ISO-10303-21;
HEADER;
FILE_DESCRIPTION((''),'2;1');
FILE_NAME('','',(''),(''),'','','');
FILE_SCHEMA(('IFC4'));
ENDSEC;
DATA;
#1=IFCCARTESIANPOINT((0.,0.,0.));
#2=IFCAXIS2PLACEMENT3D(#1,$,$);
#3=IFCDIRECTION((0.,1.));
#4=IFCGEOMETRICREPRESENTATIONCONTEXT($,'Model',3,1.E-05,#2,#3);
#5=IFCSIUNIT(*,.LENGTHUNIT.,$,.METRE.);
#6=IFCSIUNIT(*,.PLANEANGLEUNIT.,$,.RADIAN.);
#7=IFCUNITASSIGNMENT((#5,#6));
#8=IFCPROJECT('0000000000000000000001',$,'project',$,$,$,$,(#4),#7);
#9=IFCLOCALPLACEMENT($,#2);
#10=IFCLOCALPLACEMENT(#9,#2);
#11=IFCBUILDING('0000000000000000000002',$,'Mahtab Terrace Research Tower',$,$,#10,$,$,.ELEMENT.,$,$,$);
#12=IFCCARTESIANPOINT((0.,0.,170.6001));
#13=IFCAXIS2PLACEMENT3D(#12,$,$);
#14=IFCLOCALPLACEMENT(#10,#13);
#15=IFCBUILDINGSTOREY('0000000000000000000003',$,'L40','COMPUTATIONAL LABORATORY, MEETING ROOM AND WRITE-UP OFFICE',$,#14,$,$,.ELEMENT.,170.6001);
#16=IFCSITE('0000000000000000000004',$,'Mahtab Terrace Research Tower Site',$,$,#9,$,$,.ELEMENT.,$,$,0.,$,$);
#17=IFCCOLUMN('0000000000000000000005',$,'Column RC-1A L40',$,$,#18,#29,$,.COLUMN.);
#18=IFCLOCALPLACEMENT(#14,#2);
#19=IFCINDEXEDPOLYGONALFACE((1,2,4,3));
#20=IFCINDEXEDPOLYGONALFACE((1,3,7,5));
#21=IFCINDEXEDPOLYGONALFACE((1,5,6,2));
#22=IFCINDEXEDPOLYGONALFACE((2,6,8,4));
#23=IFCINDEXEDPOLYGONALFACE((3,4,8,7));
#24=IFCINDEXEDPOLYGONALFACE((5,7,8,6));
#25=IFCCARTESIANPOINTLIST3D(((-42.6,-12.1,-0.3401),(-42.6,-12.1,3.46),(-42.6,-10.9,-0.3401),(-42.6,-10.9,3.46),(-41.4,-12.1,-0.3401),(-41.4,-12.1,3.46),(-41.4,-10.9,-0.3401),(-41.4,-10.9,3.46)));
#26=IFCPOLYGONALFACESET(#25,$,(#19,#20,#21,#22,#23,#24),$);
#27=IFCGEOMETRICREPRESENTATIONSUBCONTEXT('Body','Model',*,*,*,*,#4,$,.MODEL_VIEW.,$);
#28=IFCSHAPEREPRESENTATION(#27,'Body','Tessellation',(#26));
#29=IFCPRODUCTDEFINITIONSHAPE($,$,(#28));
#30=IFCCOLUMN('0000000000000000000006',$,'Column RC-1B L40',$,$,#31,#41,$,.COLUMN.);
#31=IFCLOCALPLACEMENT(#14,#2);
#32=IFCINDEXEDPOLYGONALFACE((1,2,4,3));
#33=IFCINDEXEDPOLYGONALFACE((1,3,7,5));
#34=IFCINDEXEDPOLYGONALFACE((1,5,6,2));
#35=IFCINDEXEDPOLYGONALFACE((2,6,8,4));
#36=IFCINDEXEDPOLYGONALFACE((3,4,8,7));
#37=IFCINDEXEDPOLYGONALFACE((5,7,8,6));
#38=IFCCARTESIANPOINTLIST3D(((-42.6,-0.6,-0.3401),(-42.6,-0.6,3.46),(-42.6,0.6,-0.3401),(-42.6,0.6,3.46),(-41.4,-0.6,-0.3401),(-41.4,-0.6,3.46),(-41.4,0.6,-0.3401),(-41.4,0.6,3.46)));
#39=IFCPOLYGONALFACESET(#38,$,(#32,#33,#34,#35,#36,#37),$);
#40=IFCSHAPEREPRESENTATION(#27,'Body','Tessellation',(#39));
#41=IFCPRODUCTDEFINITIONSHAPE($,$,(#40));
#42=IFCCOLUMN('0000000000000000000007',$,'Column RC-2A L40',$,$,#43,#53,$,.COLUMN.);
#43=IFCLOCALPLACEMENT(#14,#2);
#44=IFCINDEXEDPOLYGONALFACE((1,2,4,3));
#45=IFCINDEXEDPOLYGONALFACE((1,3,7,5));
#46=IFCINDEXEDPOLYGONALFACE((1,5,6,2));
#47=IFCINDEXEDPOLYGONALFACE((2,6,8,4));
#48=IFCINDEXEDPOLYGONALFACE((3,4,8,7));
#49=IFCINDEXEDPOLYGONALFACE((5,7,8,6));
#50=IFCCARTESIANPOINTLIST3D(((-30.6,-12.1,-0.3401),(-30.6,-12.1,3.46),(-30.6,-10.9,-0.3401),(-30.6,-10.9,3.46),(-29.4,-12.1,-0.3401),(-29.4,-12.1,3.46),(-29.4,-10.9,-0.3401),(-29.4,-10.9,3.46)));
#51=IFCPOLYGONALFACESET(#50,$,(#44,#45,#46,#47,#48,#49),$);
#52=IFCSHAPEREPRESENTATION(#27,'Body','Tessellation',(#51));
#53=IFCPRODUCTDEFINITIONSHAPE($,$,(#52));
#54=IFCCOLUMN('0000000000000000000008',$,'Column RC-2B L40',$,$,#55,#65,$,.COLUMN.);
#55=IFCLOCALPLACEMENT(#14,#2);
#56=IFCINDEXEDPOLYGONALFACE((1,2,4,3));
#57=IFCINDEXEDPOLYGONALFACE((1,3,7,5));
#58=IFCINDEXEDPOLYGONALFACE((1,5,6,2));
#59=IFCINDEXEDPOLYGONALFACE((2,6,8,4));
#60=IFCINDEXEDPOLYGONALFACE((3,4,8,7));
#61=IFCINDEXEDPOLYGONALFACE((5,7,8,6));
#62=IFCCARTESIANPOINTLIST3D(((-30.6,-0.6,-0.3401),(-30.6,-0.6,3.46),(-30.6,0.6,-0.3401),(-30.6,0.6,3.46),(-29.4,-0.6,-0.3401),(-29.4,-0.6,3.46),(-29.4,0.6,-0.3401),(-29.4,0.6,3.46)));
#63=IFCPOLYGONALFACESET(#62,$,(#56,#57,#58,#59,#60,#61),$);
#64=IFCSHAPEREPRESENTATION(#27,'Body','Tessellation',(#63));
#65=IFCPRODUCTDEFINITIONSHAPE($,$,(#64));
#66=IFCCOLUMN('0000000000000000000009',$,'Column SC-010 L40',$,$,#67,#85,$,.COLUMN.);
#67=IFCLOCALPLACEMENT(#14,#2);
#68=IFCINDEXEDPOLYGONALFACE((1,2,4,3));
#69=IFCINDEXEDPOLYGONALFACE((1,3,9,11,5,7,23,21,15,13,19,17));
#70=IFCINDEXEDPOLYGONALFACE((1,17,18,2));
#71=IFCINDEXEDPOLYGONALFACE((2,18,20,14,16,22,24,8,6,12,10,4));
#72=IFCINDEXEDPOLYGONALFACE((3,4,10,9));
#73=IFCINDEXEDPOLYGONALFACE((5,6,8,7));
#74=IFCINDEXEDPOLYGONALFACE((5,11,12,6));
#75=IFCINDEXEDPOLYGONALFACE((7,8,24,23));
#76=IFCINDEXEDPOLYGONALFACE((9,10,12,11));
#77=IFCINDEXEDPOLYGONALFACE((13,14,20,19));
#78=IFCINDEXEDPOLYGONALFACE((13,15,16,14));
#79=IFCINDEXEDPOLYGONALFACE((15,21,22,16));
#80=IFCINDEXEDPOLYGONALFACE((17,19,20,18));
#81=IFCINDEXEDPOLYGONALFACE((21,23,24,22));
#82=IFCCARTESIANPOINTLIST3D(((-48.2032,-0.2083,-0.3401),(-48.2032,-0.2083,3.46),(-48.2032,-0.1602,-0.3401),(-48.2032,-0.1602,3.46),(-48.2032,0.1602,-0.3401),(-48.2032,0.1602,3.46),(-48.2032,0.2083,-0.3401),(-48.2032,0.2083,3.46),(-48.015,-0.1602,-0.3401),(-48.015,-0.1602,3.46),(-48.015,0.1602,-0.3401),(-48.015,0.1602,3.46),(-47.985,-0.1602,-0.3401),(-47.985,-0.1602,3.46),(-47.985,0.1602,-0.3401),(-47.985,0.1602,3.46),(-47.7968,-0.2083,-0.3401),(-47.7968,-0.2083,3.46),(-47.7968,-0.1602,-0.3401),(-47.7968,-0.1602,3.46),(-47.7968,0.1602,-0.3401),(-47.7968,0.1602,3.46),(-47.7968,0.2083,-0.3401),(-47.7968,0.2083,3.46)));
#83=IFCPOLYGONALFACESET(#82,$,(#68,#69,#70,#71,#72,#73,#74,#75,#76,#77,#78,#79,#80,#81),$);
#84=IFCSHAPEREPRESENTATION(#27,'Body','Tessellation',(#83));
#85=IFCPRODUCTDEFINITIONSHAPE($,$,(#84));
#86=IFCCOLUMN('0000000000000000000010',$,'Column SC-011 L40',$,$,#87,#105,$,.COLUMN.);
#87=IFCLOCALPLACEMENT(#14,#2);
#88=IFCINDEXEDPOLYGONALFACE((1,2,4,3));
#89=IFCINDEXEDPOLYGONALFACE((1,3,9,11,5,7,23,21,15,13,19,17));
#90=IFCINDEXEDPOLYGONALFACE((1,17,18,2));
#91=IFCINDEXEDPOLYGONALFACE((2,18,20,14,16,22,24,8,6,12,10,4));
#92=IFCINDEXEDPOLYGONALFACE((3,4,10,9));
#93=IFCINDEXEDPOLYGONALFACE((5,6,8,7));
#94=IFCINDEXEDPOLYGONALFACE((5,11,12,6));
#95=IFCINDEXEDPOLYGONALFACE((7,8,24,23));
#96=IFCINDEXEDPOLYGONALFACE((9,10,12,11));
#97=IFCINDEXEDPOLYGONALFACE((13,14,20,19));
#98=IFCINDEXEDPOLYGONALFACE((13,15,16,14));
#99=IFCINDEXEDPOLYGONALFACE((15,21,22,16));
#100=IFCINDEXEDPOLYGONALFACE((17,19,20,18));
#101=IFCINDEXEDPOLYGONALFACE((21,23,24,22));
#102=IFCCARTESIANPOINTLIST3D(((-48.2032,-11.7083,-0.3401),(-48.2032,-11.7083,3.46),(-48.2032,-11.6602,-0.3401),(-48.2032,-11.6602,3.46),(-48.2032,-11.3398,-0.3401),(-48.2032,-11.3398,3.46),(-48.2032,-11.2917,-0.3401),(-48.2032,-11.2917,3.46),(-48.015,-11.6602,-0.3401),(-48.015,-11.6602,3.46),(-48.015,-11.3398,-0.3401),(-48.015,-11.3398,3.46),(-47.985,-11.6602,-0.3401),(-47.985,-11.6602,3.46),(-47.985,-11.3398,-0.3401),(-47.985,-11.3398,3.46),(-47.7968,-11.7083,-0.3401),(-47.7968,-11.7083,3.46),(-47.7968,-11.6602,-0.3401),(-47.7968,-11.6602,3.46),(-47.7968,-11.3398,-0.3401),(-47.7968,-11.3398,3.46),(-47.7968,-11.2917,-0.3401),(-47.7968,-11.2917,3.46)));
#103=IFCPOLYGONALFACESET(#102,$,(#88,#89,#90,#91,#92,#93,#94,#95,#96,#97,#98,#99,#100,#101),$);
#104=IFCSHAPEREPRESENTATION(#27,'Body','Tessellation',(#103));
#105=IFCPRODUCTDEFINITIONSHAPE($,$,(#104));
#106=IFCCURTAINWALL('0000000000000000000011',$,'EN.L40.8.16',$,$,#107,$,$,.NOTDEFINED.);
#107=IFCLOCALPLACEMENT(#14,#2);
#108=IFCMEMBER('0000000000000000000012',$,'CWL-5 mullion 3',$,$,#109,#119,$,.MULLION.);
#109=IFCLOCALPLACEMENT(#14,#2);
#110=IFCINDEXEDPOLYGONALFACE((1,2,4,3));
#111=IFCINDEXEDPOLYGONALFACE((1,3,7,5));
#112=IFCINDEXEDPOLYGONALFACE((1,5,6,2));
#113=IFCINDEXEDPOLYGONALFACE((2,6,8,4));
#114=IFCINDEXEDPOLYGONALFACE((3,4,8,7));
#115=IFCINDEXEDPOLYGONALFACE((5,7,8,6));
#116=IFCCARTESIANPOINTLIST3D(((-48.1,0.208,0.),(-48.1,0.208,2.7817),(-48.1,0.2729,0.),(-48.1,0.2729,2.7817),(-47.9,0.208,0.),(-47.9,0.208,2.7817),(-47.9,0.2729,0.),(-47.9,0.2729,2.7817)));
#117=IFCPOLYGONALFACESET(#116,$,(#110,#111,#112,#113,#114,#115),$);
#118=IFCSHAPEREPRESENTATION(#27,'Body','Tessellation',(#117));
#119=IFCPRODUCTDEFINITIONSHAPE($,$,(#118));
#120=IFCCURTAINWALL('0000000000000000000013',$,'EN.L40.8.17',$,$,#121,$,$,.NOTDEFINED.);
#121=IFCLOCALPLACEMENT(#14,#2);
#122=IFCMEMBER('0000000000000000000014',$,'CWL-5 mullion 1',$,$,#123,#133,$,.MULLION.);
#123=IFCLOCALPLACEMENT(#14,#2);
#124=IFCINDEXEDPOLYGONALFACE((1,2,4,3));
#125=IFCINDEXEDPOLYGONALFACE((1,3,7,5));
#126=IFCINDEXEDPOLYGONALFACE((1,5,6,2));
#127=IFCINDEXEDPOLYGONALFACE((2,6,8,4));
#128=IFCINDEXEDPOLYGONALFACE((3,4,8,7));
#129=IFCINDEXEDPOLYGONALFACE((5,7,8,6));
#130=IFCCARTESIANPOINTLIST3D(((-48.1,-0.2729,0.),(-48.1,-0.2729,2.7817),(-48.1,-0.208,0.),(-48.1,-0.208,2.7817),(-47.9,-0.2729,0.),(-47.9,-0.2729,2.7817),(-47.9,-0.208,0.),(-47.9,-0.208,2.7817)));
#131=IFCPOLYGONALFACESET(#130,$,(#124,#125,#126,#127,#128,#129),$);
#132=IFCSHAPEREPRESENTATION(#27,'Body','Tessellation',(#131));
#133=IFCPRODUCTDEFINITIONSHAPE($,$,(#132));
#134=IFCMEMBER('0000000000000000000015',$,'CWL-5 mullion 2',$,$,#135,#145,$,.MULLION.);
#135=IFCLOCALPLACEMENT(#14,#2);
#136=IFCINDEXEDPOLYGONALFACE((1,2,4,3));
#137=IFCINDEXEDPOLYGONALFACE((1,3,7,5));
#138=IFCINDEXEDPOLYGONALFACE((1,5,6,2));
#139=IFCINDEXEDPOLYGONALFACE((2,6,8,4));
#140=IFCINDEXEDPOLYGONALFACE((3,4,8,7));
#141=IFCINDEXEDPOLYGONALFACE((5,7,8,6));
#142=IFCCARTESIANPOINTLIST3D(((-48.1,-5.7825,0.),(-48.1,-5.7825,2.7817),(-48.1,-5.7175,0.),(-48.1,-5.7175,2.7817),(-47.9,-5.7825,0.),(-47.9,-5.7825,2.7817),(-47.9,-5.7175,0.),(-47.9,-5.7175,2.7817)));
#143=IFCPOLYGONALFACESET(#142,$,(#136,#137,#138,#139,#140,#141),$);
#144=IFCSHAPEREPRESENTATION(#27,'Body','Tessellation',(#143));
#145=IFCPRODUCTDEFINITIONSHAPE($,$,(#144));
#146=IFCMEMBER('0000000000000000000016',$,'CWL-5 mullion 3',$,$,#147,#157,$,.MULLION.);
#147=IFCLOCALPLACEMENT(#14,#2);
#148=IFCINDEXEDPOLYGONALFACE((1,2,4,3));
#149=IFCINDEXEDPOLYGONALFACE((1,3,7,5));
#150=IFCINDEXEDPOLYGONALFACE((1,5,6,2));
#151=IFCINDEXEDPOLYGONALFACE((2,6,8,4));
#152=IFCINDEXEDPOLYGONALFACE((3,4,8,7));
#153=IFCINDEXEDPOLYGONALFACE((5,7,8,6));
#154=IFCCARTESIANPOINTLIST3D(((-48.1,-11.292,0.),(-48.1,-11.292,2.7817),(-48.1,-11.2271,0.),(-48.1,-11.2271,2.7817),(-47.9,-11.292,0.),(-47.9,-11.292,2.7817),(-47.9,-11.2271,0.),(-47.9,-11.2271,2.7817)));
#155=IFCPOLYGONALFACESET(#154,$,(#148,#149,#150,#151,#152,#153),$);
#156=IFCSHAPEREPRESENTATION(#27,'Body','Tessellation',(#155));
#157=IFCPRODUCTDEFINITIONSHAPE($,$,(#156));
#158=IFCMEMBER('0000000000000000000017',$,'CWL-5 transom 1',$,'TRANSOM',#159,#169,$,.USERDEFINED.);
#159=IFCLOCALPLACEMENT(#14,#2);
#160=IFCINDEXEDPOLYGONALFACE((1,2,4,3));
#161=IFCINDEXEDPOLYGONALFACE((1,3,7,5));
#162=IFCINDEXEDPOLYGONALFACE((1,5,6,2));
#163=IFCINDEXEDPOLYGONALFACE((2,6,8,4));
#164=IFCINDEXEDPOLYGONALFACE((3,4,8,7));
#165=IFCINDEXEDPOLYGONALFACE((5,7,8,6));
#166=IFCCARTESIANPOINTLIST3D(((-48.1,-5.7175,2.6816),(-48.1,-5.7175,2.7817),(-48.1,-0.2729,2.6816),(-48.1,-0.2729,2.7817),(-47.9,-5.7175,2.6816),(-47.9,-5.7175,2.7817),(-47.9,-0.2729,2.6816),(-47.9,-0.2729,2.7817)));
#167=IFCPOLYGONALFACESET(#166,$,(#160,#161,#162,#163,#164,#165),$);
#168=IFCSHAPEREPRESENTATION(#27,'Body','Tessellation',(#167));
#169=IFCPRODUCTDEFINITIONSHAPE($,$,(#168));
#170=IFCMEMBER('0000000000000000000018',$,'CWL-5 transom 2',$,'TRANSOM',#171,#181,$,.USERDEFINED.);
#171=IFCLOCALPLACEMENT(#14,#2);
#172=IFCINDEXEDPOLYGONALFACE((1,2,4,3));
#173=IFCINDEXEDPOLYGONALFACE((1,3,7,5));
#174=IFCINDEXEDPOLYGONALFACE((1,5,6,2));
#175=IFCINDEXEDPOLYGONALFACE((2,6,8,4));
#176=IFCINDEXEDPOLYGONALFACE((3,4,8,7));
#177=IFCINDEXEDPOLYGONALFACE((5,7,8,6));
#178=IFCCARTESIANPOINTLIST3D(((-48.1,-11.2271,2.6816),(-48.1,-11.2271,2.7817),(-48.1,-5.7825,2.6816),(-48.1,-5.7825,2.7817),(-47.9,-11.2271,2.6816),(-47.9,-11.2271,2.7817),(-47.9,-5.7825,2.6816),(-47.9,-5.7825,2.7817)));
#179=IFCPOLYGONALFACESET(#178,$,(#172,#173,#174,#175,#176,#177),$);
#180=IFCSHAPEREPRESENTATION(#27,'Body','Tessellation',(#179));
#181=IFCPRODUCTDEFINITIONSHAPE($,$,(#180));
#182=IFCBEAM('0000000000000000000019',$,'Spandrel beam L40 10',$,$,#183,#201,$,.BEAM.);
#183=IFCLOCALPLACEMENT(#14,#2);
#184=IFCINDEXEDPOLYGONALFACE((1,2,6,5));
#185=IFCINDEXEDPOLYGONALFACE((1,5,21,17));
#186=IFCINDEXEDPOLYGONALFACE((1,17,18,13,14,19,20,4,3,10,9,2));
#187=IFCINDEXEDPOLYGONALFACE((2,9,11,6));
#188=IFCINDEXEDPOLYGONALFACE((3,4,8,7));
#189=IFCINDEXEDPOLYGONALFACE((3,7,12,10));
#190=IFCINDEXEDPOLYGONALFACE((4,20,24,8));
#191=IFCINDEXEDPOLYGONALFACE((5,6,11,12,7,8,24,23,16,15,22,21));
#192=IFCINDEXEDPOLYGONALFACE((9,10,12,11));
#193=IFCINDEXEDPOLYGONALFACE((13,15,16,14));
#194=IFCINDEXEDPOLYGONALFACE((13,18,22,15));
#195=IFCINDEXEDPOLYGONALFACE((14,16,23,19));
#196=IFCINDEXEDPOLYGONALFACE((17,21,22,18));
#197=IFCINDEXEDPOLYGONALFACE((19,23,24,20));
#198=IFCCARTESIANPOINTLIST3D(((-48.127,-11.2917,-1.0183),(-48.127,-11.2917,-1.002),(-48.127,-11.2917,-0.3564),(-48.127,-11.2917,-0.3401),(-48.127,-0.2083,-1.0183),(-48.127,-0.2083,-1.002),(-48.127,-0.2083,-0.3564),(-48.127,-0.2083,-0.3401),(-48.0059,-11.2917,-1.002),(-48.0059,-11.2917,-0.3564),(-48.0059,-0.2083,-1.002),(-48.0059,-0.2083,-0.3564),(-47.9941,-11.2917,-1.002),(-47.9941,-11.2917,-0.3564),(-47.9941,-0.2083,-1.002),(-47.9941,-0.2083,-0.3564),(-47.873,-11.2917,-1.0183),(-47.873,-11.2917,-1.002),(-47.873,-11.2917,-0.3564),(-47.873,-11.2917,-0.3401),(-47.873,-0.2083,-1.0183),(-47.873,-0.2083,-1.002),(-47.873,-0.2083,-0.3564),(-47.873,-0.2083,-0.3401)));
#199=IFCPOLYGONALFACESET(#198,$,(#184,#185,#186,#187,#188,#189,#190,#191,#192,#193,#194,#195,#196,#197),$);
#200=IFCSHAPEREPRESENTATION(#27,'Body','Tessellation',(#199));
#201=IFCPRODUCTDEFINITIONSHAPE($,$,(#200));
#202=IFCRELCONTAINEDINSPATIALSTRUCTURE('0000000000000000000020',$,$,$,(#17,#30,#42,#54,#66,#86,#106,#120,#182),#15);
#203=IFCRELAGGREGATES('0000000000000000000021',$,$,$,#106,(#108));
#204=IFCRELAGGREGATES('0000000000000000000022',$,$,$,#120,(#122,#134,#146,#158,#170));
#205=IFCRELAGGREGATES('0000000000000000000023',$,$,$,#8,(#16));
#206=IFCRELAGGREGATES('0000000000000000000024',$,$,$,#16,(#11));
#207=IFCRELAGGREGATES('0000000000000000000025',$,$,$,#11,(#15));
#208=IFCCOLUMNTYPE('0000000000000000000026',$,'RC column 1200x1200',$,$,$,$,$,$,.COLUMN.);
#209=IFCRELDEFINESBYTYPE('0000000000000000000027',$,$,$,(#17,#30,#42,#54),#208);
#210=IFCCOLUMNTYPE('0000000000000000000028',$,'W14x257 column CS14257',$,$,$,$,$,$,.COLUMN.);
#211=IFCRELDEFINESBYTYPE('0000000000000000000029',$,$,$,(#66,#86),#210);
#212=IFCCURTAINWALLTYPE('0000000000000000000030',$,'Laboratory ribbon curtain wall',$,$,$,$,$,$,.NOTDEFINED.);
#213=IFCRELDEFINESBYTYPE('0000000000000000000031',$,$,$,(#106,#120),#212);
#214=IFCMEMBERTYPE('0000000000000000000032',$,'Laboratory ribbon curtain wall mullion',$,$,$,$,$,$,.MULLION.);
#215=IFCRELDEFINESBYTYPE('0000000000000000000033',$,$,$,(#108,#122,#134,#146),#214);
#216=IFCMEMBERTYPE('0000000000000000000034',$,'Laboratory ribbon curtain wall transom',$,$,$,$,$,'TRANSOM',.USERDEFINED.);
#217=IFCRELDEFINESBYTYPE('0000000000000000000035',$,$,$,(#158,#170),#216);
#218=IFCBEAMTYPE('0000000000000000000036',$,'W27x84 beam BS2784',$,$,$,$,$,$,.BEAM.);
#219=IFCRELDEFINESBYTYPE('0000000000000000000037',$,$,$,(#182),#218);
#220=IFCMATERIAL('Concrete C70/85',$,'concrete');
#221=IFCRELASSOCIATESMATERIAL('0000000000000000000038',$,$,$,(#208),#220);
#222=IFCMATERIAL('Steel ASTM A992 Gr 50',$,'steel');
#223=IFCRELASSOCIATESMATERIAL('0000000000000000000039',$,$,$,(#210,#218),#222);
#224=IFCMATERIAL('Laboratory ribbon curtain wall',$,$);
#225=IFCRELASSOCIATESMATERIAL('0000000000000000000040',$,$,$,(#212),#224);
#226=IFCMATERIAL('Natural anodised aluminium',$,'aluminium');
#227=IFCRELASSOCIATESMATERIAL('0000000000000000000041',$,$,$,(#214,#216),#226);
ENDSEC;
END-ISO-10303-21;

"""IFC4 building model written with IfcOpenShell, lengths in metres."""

from ifc_helpers import new_model, si_unit, direction, frame, origin, origin_2d, place, context, subcontext, project, spatial, rectangle, i_section, extrude, material, material_profile, profile_set, type_object, element, aggregate, save


model = new_model("IFC4")

# Units and contexts
model_context = context("Model", 3, precision=1e-05, world=origin(), true_north=direction((0.0, 1.0)))
body_context = subcontext(model_context, "Body", "Model", "MODEL_VIEW")
ifc_project = project(units=[si_unit("LENGTHUNIT", "METRE"), si_unit("PLANEANGLEUNIT", "RADIAN")], contexts=[model_context])

# Site, building, storey
site_placement = place(None, origin())
site = spatial("IfcSite", under=ifc_project, at=site_placement, Name="Mahtab Terrace Research Tower Site", CompositionType="ELEMENT", RefElevation=0.0)
building_placement = place(site_placement, origin())
building = spatial("IfcBuilding", under=site, at=building_placement, Name="Mahtab Terrace Research Tower", CompositionType="ELEMENT")
storey_placement = place(building_placement, frame((0.0, 0.0, 170.6001)))
storey = spatial("IfcBuildingStorey", under=building, at=storey_placement, Name="L40", Description="COMPUTATIONAL LABORATORY, MEETING ROOM AND WRITE-UP OFFICE", CompositionType="ELEMENT", Elevation=170.6001)

# Columns
ifc_material_1 = material(Name="Concrete C70/85", Category="concrete")
ifc_material_profile_1 = material_profile(ifc_material_1, rectangle(XDim=1.2, YDim=1.2, at=origin_2d()), Name="RC column 1200x1200")
ifc_profile_set_1 = profile_set([ifc_material_profile_1], Name="Concrete C70/85")
column_type_1 = type_object("IfcColumnType", Name="RC column 1200x1200", PredefinedType="COLUMN", material=ifc_profile_set_1)
for number, where, z_axis, x_axis, name in (
    (1, (-42.0, -11.5, -0.3401), (0.0, 0.0, 1.0), (1.0, 0.0, 0.0), "Column RC-1A L40"),
    (2, (-42.0, 0.0, -0.3401), (0.0, 0.0, 1.0), (1.0, 0.0, 0.0), "Column RC-1B L40"),
    (3, (-30.0, -11.5, -0.3401), (0.0, 0.0, 1.0), (1.0, 0.0, 0.0), "Column RC-2A L40"),
    (4, (-30.0, 0.0, -0.3401), (0.0, 0.0, 1.0), (1.0, 0.0, 0.0), "Column RC-2B L40"),
):
    element("IfcColumn", number, at=place(storey_placement, frame(where, z_axis=z_axis, x_axis=x_axis)), inside=storey, type_object=column_type_1, Name=name, PredefinedType="COLUMN", context=body_context, shape_type="SweptSolid", body=[
        extrude(rectangle(XDim=1.2, YDim=1.2, at=origin_2d()), origin(), (0.0, 0.0, 1.0), 3.8),
    ])
ifc_material_2 = material(Name="Steel ASTM A992 Gr 50", Category="steel")
ifc_material_profile_2 = material_profile(ifc_material_2, i_section(OverallWidth=0.4065, OverallDepth=0.4165, WebThickness=0.03, FlangeThickness=0.0481, at=origin_2d()), Name="W14X257")
ifc_profile_set_2 = profile_set([ifc_material_profile_2], Name="Steel ASTM A992 Gr 50")
column_type_2 = type_object("IfcColumnType", Name="W14x257 column CS14257", PredefinedType="COLUMN", material=ifc_profile_set_2)
for number, where, z_axis, x_axis, name in (
    (5, (-48.0, 0.0, -0.3401), (0.0, 0.0, 1.0), (1.0, 0.0, 0.0), "Column SC-010 L40"),
    (6, (-48.0, -11.5, -0.3401), (0.0, 0.0, 1.0), (1.0, 0.0, 0.0), "Column SC-011 L40"),
):
    element("IfcColumn", number, at=place(storey_placement, frame(where, z_axis=z_axis, x_axis=x_axis)), inside=storey, type_object=column_type_2, Name=name, PredefinedType="COLUMN", context=body_context, shape_type="SweptSolid", body=[
        extrude(i_section(OverallWidth=0.4065, OverallDepth=0.4165, WebThickness=0.03, FlangeThickness=0.0481, at=origin_2d()), origin(), (0.0, 0.0, 1.0), 3.8),
    ])

# Curtain wall, member
ifc_material_3 = material(Name="Laboratory ribbon curtain wall")
curtain_wall_type = type_object("IfcCurtainWallType", Name="Laboratory ribbon curtain wall", PredefinedType="NOTDEFINED", material=ifc_material_3)
curtain_wall_1_placement = place(storey_placement, origin())
curtain_wall_1 = element("IfcCurtainWall", 7, at=curtain_wall_1_placement, inside=storey, type_object=curtain_wall_type, Name="EN.L40.8.16", PredefinedType="NOTDEFINED")
ifc_material_4 = material(Name="Natural anodised aluminium", Category="aluminium")
ifc_material_profile_3 = material_profile(ifc_material_4, rectangle(XDim=0.2, YDim=0.0649, at=origin_2d()), Name="MULLION 65x200")
ifc_profile_set_3 = profile_set([ifc_material_profile_3], Name="Natural anodised aluminium")
member_type_1 = type_object("IfcMemberType", Name="Laboratory ribbon curtain wall mullion", PredefinedType="MULLION", material=ifc_profile_set_3)
member_1_placement = place(storey_placement, frame((-48.0, 0.2405, 0.0), z_axis=(0.0, 0.0, 1.0), x_axis=(1.0, 0.0, 0.0)))
member_1 = element("IfcMember", 8, at=member_1_placement, type_object=member_type_1, Name="CWL-5 mullion 3", PredefinedType="MULLION", context=body_context, shape_type="SweptSolid", body=[
    extrude(rectangle(XDim=0.2, YDim=0.0649, at=origin_2d()), origin(), (0.0, 0.0, 1.0), 2.7817),
])

# Curtain wall, members
curtain_wall_2_placement = place(storey_placement, origin())
curtain_wall_2 = element("IfcCurtainWall", 9, at=curtain_wall_2_placement, inside=storey, type_object=curtain_wall_type, Name="EN.L40.8.17", PredefinedType="NOTDEFINED")
member_2_placement = place(storey_placement, frame((-48.0, -0.2405, 0.0), z_axis=(0.0, 0.0, 1.0), x_axis=(1.0, 0.0, 0.0)))
member_2 = element("IfcMember", 10, at=member_2_placement, type_object=member_type_1, Name="CWL-5 mullion 1", PredefinedType="MULLION", context=body_context, shape_type="SweptSolid", body=[
    extrude(rectangle(XDim=0.2, YDim=0.0649, at=origin_2d()), origin(), (0.0, 0.0, 1.0), 2.7817),
])
member_3_placement = place(storey_placement, frame((-48.0, -5.75, 0.0), z_axis=(0.0, 0.0, 1.0), x_axis=(1.0, 0.0, 0.0)))
member_3 = element("IfcMember", 11, at=member_3_placement, type_object=member_type_1, Name="CWL-5 mullion 2", PredefinedType="MULLION", context=body_context, shape_type="SweptSolid", body=[
    extrude(rectangle(XDim=0.2, YDim=0.0649, at=origin_2d()), origin(), (0.0, 0.0, 1.0), 2.7817),
])
member_4_placement = place(storey_placement, frame((-48.0, -11.2595, 0.0), z_axis=(0.0, 0.0, 1.0), x_axis=(1.0, 0.0, 0.0)))
member_4 = element("IfcMember", 12, at=member_4_placement, type_object=member_type_1, Name="CWL-5 mullion 3", PredefinedType="MULLION", context=body_context, shape_type="SweptSolid", body=[
    extrude(rectangle(XDim=0.2, YDim=0.0649, at=origin_2d()), origin(), (0.0, 0.0, 1.0), 2.7817),
])
ifc_material_profile_4 = material_profile(ifc_material_4, rectangle(XDim=0.2, YDim=0.1001, at=origin_2d()), Name="TRANSOM 100x200")
ifc_profile_set_4 = profile_set([ifc_material_profile_4], Name="Natural anodised aluminium")
member_type_2 = type_object("IfcMemberType", Name="Laboratory ribbon curtain wall transom", ElementType="TRANSOM", PredefinedType="USERDEFINED", material=ifc_profile_set_4)
member_5_placement = place(storey_placement, frame((-48.0, -0.2729, 2.7317), z_axis=(0.0, -1.0, 0.0), x_axis=(1.0, 0.0, 0.0)))
member_5 = element("IfcMember", 13, at=member_5_placement, type_object=member_type_2, Name="CWL-5 transom 1", ObjectType="TRANSOM", PredefinedType="USERDEFINED", context=body_context, shape_type="SweptSolid", body=[
    extrude(rectangle(XDim=0.2, YDim=0.1001, at=origin_2d()), origin(), (0.0, 0.0, 1.0), 5.4446),
])
member_6_placement = place(storey_placement, frame((-48.0, -5.7825, 2.7317), z_axis=(0.0, -1.0, 0.0), x_axis=(1.0, 0.0, 0.0)))
member_6 = element("IfcMember", 14, at=member_6_placement, type_object=member_type_2, Name="CWL-5 transom 2", ObjectType="TRANSOM", PredefinedType="USERDEFINED", context=body_context, shape_type="SweptSolid", body=[
    extrude(rectangle(XDim=0.2, YDim=0.1001, at=origin_2d()), origin(), (0.0, 0.0, 1.0), 5.4446),
])

# Beam
ifc_material_profile_5 = material_profile(ifc_material_2, i_section(OverallWidth=0.2539, OverallDepth=0.6782, WebThickness=0.0117, FlangeThickness=0.0164, at=origin_2d()), Name="W27X84")
ifc_profile_set_5 = profile_set([ifc_material_profile_5], Name="Steel ASTM A992 Gr 50")
beam_type = type_object("IfcBeamType", Name="W27x84 beam BS2784", PredefinedType="BEAM", material=ifc_profile_set_5)
beam_placement = place(storey_placement, frame((-48.0, -0.2083, -0.6792), z_axis=(0.0, -1.0, 0.0), x_axis=(1.0, 0.0, 0.0)))
element("IfcBeam", 15, at=beam_placement, inside=storey, type_object=beam_type, Name="Spandrel beam L40 10", PredefinedType="BEAM", context=body_context, shape_type="SweptSolid", body=[
    extrude(i_section(OverallWidth=0.2539, OverallDepth=0.6782, WebThickness=0.0117, FlangeThickness=0.0164, at=origin_2d()), origin(), (0.0, 0.0, 1.0), 11.0835),
])

aggregate(curtain_wall_1, [member_1])
aggregate(curtain_wall_2, [member_2, member_3, member_4, member_5, member_6])

save(model, "model.ifc")
